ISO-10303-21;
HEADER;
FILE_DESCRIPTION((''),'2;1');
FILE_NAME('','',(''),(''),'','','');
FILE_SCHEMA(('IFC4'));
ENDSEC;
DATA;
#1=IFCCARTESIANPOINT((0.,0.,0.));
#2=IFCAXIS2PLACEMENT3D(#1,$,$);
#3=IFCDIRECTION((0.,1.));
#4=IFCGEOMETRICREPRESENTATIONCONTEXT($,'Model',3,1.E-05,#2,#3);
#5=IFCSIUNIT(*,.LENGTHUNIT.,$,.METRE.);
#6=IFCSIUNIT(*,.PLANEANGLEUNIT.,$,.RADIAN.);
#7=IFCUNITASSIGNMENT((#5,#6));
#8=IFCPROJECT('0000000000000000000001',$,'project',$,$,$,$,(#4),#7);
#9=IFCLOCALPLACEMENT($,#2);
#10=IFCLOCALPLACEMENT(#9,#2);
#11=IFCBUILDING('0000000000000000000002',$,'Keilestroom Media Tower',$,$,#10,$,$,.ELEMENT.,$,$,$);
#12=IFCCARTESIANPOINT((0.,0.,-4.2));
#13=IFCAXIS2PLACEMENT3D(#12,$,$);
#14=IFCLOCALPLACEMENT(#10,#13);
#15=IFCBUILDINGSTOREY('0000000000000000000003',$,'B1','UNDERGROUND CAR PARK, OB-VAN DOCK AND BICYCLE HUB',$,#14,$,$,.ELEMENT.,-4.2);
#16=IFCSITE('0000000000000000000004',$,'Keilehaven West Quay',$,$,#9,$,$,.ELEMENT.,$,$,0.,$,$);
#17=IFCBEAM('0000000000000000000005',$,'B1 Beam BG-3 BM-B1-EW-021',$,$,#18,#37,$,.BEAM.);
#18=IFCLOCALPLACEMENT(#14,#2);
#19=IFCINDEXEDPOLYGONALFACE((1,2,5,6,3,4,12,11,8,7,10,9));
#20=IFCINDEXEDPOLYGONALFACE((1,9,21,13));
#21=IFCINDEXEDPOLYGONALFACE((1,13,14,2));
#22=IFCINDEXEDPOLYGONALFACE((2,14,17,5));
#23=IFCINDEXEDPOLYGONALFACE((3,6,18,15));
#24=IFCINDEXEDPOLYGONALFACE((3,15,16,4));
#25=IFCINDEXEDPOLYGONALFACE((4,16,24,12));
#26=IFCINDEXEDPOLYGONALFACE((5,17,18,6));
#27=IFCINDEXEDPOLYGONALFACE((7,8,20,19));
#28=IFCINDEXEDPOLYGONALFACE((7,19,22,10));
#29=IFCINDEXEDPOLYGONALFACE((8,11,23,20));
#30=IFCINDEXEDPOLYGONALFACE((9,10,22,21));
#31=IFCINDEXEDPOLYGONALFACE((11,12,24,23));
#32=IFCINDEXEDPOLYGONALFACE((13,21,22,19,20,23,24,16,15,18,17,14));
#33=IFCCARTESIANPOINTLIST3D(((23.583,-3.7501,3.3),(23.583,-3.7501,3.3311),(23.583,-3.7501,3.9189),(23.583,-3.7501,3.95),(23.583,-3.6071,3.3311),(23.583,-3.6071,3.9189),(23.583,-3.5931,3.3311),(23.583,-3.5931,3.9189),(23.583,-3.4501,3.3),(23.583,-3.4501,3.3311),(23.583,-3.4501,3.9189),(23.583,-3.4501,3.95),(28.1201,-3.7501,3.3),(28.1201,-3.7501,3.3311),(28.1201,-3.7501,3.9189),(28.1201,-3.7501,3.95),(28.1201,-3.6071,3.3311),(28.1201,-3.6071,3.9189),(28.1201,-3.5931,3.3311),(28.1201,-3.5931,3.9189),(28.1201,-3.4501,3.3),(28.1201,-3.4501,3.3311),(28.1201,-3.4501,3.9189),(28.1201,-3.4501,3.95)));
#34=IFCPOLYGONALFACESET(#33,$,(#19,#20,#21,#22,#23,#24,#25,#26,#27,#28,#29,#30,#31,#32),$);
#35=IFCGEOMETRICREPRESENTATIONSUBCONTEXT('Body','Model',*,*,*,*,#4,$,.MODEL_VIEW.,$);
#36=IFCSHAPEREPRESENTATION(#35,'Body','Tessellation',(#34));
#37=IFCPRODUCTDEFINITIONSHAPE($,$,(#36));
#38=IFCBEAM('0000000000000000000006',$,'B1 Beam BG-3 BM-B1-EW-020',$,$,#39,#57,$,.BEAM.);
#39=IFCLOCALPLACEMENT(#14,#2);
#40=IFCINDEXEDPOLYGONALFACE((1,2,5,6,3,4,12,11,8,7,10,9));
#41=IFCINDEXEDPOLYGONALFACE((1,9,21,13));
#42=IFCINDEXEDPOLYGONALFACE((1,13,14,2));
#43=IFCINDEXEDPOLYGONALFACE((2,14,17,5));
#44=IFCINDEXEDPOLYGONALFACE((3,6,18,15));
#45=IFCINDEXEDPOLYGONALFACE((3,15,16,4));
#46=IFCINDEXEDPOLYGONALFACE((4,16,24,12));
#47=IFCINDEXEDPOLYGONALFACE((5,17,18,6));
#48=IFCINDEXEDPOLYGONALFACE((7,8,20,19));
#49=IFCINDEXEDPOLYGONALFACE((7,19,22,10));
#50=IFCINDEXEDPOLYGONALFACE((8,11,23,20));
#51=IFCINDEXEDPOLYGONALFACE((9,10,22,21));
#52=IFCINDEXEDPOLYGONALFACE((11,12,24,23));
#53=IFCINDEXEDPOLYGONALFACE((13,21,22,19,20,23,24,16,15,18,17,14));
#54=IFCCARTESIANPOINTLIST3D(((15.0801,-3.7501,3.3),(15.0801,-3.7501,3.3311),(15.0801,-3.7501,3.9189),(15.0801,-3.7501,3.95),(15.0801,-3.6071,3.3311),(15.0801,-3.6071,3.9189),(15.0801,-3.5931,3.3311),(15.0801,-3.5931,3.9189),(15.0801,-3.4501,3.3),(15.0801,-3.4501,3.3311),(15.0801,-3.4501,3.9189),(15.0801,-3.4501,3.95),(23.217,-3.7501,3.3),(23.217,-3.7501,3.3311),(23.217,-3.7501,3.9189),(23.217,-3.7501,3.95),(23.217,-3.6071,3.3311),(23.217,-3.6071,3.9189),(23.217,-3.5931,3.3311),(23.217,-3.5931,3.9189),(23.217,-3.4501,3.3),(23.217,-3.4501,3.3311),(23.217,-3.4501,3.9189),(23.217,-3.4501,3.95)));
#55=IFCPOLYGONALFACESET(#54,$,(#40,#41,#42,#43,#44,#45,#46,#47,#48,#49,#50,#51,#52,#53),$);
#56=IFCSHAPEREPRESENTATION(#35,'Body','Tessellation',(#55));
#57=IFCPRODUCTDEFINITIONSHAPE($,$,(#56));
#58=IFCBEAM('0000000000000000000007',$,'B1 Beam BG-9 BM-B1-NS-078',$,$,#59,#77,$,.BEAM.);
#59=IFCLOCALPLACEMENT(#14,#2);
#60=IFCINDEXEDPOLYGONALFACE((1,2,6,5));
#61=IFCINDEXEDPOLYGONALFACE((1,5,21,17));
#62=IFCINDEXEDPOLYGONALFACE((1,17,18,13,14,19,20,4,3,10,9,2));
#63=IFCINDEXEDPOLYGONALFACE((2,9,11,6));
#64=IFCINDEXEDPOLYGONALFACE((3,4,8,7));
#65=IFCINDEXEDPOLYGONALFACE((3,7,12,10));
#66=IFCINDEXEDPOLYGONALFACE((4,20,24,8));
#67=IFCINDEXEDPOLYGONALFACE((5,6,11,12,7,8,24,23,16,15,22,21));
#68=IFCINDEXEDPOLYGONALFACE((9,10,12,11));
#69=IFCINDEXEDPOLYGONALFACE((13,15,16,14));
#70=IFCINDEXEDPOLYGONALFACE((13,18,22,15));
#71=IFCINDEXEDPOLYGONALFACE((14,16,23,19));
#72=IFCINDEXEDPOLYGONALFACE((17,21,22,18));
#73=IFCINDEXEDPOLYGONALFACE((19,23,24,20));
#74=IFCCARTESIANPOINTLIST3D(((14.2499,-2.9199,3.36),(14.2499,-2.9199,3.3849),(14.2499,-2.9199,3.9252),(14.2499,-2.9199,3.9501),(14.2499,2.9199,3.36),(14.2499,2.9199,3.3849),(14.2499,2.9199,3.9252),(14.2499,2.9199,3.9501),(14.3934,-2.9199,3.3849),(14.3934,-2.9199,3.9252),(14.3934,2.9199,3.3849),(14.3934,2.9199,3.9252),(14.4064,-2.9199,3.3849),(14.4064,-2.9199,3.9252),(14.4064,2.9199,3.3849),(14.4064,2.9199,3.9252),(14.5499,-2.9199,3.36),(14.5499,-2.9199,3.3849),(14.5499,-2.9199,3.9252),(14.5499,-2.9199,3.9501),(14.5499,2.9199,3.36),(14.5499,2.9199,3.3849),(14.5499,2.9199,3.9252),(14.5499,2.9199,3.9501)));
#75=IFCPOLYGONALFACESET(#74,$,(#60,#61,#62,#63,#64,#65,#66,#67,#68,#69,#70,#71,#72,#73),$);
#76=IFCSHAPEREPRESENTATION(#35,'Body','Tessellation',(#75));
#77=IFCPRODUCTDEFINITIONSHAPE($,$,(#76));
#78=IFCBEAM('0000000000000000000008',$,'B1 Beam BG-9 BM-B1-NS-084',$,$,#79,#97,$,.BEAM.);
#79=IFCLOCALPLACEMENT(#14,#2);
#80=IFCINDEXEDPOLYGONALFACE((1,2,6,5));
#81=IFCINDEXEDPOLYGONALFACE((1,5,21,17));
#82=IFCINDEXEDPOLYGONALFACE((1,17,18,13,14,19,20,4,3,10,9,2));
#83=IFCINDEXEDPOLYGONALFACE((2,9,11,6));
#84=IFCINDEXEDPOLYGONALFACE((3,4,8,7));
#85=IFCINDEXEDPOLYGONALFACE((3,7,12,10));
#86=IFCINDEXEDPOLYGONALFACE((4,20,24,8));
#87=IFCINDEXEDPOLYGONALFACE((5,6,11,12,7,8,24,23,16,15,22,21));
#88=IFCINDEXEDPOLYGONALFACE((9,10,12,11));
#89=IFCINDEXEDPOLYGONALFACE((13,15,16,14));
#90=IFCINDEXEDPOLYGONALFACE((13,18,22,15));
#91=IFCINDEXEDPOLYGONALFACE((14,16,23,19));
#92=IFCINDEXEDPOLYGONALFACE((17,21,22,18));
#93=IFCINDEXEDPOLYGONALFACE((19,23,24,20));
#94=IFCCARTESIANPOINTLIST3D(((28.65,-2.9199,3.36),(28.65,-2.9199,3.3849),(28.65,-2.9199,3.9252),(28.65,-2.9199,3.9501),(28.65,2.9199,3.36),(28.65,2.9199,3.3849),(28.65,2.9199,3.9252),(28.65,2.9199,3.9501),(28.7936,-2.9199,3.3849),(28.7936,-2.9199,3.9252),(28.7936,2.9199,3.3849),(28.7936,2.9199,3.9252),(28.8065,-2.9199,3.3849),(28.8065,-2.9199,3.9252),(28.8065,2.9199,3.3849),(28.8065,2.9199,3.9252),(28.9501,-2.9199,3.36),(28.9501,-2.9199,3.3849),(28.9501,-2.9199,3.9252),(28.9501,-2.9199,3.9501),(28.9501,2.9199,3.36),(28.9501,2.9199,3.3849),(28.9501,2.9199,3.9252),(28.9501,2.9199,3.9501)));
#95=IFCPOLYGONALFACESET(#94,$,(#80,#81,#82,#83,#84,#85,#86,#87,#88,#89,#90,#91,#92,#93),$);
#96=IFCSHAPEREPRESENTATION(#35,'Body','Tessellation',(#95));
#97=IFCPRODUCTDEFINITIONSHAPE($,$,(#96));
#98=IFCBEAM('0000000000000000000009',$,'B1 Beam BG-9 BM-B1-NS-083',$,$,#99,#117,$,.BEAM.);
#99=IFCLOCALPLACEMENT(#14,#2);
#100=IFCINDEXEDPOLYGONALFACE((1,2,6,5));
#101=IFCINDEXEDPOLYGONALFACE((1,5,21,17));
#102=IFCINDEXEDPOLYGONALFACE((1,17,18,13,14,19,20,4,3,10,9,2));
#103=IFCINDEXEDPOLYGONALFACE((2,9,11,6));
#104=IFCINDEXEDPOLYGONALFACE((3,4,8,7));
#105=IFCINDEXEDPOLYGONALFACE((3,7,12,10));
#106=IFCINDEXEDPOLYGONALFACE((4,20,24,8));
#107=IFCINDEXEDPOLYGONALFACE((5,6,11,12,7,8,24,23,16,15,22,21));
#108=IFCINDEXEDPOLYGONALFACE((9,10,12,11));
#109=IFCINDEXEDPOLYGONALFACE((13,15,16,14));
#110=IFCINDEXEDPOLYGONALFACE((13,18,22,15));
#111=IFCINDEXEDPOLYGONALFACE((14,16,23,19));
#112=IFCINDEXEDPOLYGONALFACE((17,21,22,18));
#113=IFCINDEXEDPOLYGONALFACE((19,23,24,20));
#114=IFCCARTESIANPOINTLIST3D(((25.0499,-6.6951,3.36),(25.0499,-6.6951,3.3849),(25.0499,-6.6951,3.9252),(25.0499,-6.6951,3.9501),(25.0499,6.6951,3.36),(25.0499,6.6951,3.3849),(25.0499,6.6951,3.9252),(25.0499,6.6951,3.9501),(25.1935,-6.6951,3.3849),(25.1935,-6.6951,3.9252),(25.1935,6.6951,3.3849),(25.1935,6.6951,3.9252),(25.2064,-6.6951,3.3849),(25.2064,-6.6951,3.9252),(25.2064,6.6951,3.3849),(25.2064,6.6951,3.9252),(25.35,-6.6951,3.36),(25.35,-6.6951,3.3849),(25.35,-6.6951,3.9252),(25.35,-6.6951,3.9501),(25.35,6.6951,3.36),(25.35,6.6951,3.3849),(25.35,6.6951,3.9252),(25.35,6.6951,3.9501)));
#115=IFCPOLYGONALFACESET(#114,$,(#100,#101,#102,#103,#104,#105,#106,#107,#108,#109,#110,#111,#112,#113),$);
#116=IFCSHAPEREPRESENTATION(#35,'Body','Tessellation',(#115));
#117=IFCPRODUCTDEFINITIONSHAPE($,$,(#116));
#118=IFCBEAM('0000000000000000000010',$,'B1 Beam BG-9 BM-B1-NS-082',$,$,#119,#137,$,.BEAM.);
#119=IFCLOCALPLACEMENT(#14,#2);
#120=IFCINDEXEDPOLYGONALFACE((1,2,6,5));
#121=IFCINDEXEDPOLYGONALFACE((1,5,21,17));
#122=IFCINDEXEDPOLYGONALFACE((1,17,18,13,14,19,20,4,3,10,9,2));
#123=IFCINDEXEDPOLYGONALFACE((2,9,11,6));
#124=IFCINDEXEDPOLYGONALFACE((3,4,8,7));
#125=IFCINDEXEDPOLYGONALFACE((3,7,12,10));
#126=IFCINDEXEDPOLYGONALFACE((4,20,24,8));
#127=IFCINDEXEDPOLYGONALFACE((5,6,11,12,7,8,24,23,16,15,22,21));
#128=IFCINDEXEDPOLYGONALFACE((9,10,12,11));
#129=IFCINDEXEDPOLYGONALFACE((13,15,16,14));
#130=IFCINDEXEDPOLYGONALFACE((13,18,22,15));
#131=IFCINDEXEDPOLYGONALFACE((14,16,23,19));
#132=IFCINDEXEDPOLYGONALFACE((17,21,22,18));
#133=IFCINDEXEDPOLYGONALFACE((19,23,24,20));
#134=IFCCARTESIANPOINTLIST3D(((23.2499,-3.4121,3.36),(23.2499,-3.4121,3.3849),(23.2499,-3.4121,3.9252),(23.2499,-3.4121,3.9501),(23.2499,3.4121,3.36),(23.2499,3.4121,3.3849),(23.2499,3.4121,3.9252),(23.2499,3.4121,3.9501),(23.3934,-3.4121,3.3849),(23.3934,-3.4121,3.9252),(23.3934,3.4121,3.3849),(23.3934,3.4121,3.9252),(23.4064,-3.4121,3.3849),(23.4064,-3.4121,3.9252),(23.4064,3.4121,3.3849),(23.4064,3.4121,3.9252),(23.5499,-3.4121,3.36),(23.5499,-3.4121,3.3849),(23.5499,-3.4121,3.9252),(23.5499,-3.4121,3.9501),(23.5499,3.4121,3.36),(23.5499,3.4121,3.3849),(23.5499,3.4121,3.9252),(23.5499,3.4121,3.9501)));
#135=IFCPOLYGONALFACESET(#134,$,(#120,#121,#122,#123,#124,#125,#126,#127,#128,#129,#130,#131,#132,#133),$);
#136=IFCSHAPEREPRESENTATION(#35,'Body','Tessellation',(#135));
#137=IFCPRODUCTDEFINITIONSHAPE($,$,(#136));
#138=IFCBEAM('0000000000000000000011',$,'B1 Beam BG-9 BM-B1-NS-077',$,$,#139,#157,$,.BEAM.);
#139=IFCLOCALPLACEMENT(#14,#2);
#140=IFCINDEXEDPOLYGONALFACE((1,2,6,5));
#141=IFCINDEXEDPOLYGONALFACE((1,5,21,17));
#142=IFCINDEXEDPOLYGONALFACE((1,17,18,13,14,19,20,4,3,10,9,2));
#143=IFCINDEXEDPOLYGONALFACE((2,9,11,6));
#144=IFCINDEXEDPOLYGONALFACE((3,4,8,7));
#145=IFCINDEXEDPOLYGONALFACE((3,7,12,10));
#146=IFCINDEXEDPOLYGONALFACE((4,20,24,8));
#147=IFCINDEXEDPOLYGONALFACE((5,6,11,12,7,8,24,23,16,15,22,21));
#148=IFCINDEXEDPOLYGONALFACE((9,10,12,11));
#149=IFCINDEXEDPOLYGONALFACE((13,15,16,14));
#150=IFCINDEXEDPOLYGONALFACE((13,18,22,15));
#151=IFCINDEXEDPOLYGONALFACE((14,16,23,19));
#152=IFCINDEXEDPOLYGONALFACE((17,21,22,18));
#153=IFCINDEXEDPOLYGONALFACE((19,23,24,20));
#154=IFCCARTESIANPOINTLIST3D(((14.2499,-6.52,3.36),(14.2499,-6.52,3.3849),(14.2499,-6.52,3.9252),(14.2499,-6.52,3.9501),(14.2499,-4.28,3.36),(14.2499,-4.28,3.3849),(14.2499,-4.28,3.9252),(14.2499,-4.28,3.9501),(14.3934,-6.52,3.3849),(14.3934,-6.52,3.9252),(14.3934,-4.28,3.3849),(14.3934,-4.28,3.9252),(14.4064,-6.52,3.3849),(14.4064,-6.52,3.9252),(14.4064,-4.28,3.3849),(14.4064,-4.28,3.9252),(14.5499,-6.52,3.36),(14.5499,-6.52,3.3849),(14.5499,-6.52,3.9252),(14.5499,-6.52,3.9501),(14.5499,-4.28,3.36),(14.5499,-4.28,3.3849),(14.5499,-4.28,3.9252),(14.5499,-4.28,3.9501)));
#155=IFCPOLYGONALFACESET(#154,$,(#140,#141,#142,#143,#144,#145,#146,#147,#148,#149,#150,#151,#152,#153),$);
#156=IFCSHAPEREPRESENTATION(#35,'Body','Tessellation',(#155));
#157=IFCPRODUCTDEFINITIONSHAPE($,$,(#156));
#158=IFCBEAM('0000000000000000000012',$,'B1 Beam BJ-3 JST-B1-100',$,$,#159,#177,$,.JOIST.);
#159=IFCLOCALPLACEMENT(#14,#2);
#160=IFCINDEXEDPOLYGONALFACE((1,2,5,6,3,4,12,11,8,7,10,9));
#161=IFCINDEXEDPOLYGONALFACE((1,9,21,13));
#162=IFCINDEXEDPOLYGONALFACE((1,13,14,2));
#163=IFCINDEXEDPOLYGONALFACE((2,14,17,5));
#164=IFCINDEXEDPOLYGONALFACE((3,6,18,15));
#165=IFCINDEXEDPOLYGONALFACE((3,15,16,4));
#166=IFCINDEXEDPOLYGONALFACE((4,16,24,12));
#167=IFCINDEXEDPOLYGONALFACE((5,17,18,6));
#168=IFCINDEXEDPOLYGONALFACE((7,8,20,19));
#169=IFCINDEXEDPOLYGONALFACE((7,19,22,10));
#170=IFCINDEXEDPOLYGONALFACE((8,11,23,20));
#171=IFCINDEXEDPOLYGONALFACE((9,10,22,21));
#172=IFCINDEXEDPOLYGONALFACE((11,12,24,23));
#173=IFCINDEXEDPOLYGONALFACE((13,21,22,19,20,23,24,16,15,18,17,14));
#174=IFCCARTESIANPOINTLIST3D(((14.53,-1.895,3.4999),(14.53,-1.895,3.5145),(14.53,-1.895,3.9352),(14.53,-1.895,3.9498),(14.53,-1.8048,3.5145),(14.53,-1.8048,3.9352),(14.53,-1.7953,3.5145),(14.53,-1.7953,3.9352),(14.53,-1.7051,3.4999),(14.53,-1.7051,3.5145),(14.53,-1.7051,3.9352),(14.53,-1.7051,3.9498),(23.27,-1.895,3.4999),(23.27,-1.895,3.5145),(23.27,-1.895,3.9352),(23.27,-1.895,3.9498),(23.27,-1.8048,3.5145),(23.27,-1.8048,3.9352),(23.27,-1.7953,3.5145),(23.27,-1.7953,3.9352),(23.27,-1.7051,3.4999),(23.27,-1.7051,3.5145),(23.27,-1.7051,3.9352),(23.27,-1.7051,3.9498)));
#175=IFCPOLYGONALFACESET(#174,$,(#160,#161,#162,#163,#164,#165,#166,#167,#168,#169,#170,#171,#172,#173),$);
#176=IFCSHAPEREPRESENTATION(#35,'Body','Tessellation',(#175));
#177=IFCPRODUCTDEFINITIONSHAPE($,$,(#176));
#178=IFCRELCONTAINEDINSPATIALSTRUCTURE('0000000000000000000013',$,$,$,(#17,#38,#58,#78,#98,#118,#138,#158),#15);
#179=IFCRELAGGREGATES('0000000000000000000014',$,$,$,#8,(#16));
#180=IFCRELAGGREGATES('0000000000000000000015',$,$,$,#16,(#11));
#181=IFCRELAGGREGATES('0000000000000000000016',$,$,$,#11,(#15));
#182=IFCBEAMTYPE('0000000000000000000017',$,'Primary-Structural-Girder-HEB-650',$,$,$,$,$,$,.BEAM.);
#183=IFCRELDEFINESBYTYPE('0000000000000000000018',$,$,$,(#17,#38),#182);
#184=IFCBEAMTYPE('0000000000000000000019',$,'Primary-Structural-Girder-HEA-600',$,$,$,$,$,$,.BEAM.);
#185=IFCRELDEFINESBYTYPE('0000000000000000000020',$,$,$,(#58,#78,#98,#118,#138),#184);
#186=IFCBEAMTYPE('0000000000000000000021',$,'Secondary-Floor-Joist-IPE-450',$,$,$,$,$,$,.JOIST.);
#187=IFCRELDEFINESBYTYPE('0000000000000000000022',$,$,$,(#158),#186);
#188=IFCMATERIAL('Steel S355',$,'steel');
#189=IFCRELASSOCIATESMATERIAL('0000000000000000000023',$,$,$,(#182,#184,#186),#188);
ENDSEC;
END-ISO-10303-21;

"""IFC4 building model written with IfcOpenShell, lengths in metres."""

from ifc_helpers import new_model, si_unit, direction, frame, origin, origin_2d, place, context, subcontext, project, spatial, i_section, extrude, source, transform, mapped, material, material_profile, profile_set, type_object, element, save


model = new_model("IFC4")

# Units and contexts
model_context = context("Model", 3, precision=1e-05, world=origin(), true_north=direction((0.0, 1.0)))
body_context = subcontext(model_context, "Body", "Model", "MODEL_VIEW")
ifc_project = project(units=[si_unit("LENGTHUNIT", "METRE"), si_unit("PLANEANGLEUNIT", "RADIAN")], contexts=[model_context])

# Site, building, storey
site_placement = place(None, origin())
site = spatial("IfcSite", under=ifc_project, at=site_placement, Name="Keilehaven West Quay", CompositionType="ELEMENT", RefElevation=0.0)
building_placement = place(site_placement, origin())
building = spatial("IfcBuilding", under=site, at=building_placement, Name="Keilestroom Media Tower", CompositionType="ELEMENT")
storey_placement = place(building_placement, frame((0.0, 0.0, -4.2)))
storey = spatial("IfcBuildingStorey", under=building, at=storey_placement, Name="B1", Description="UNDERGROUND CAR PARK, OB-VAN DOCK AND BICYCLE HUB", CompositionType="ELEMENT", Elevation=-4.2)

# Beams
ifc_material_1 = material(Name="Steel S355", Category="steel")
ifc_material_profile_1 = material_profile(ifc_material_1, i_section(OverallWidth=0.3, OverallDepth=0.6499, WebThickness=0.0139, FlangeThickness=0.031, at=origin_2d()), Name="HEB 650")
ifc_profile_set_1 = profile_set([ifc_material_profile_1], Name="Steel S355")
beam_type_1 = type_object("IfcBeamType", Name="Primary-Structural-Girder-HEB-650", PredefinedType="BEAM", material=ifc_profile_set_1)
shared_shape_1 = source(origin(), body_context, "Body", "SweptSolid", [
    extrude(i_section(OverallWidth=0.3, OverallDepth=0.6499, WebThickness=0.0139, FlangeThickness=0.031, at=origin_2d()), origin(), (0.0, 0.0, 1.0), 4.5371),
])
beam_1_placement = place(storey_placement, frame((23.583, -3.6001, 3.625), z_axis=(1.0, 0.0, 0.0), x_axis=(0.0, 1.0, 0.0)))
element("IfcBeam", 1, at=beam_1_placement, inside=storey, type_object=beam_type_1, Name="B1 Beam BG-3 BM-B1-EW-021", PredefinedType="BEAM", context=body_context, shape_type="MappedRepresentation", body=[
    mapped(shared_shape_1, transform((0.0, 0.0, 0.0), x_axis=(1.0, 0.0, 0.0), y_axis=(0.0, 1.0, 0.0), z_axis=(0.0, 0.0, 1.0), scale=1.0)),
])
shared_shape_2 = source(origin(), body_context, "Body", "SweptSolid", [
    extrude(i_section(OverallWidth=0.3, OverallDepth=0.6499, WebThickness=0.0139, FlangeThickness=0.031, at=origin_2d()), origin(), (0.0, 0.0, 1.0), 8.137),
])
beam_2_placement = place(storey_placement, frame((15.0801, -3.6001, 3.625), z_axis=(1.0, 0.0, 0.0), x_axis=(0.0, 1.0, 0.0)))
element("IfcBeam", 2, at=beam_2_placement, inside=storey, type_object=beam_type_1, Name="B1 Beam BG-3 BM-B1-EW-020", PredefinedType="BEAM", context=body_context, shape_type="MappedRepresentation", body=[
    mapped(shared_shape_2, transform((0.0, 0.0, 0.0), x_axis=(1.0, 0.0, 0.0), y_axis=(0.0, 1.0, 0.0), z_axis=(0.0, 0.0, 1.0), scale=1.0)),
])
ifc_material_profile_2 = material_profile(ifc_material_1, i_section(OverallWidth=0.3, OverallDepth=0.5901, WebThickness=0.0129, FlangeThickness=0.0249, at=origin_2d()), Name="HEA 600")
ifc_profile_set_2 = profile_set([ifc_material_profile_2], Name="Steel S355")
beam_type_2 = type_object("IfcBeamType", Name="Primary-Structural-Girder-HEA-600", PredefinedType="BEAM", material=ifc_profile_set_2)
shared_shape_3 = source(origin(), body_context, "Body", "SweptSolid", [
    extrude(i_section(OverallWidth=0.3, OverallDepth=0.5901, WebThickness=0.0129, FlangeThickness=0.0249, at=origin_2d()), origin(), (0.0, 0.0, 1.0), 5.8398),
])
for number, where, z_axis, x_axis, name in (
    (3, (14.3999, -2.9199, 3.655), (0.0, 1.0, 0.0), (-1.0, 0.0, 0.0), "B1 Beam BG-9 BM-B1-NS-078"),
    (4, (28.8, -2.9199, 3.655), (0.0, 1.0, 0.0), (-1.0, 0.0, 0.0), "B1 Beam BG-9 BM-B1-NS-084"),
):
    element("IfcBeam", number, at=place(storey_placement, frame(where, z_axis=z_axis, x_axis=x_axis)), inside=storey, type_object=beam_type_2, Name=name, PredefinedType="BEAM", context=body_context, shape_type="MappedRepresentation", body=[
        mapped(shared_shape_3, transform((0.0, 0.0, 0.0), x_axis=(1.0, 0.0, 0.0), y_axis=(0.0, 1.0, 0.0), z_axis=(0.0, 0.0, 1.0), scale=1.0)),
    ])
shared_shape_4 = source(origin(), body_context, "Body", "SweptSolid", [
    extrude(i_section(OverallWidth=0.3, OverallDepth=0.5901, WebThickness=0.0129, FlangeThickness=0.0249, at=origin_2d()), origin(), (0.0, 0.0, 1.0), 13.3901),
])
beam_3_placement = place(storey_placement, frame((25.2, -6.6951, 3.655), z_axis=(0.0, 1.0, 0.0), x_axis=(-1.0, 0.0, 0.0)))
element("IfcBeam", 5, at=beam_3_placement, inside=storey, type_object=beam_type_2, Name="B1 Beam BG-9 BM-B1-NS-083", PredefinedType="BEAM", context=body_context, shape_type="MappedRepresentation", body=[
    mapped(shared_shape_4, transform((0.0, 0.0, 0.0), x_axis=(1.0, 0.0, 0.0), y_axis=(0.0, 1.0, 0.0), z_axis=(0.0, 0.0, 1.0), scale=1.0)),
])
shared_shape_5 = source(origin(), body_context, "Body", "SweptSolid", [
    extrude(i_section(OverallWidth=0.3, OverallDepth=0.5901, WebThickness=0.0129, FlangeThickness=0.0249, at=origin_2d()), origin(), (0.0, 0.0, 1.0), 6.8242),
])
beam_4_placement = place(storey_placement, frame((23.3999, -3.4121, 3.655), z_axis=(0.0, 1.0, 0.0), x_axis=(-1.0, 0.0, 0.0)))
element("IfcBeam", 6, at=beam_4_placement, inside=storey, type_object=beam_type_2, Name="B1 Beam BG-9 BM-B1-NS-082", PredefinedType="BEAM", context=body_context, shape_type="MappedRepresentation", body=[
    mapped(shared_shape_5, transform((0.0, 0.0, 0.0), x_axis=(1.0, 0.0, 0.0), y_axis=(0.0, 1.0, 0.0), z_axis=(0.0, 0.0, 1.0), scale=1.0)),
])
shared_shape_6 = source(origin(), body_context, "Body", "SweptSolid", [
    extrude(i_section(OverallWidth=0.3, OverallDepth=0.5901, WebThickness=0.0129, FlangeThickness=0.0249, at=origin_2d()), origin(), (0.0, 0.0, 1.0), 2.24),
])
beam_5_placement = place(storey_placement, frame((14.3999, -6.52, 3.655), z_axis=(0.0, 1.0, 0.0), x_axis=(-1.0, 0.0, 0.0)))
element("IfcBeam", 7, at=beam_5_placement, inside=storey, type_object=beam_type_2, Name="B1 Beam BG-9 BM-B1-NS-077", PredefinedType="BEAM", context=body_context, shape_type="MappedRepresentation", body=[
    mapped(shared_shape_6, transform((0.0, 0.0, 0.0), x_axis=(1.0, 0.0, 0.0), y_axis=(0.0, 1.0, 0.0), z_axis=(0.0, 0.0, 1.0), scale=1.0)),
])
ifc_material_profile_3 = material_profile(ifc_material_1, i_section(OverallWidth=0.1899, OverallDepth=0.45, WebThickness=0.0095, FlangeThickness=0.0146, at=origin_2d()), Name="IPE 450")
ifc_profile_set_3 = profile_set([ifc_material_profile_3], Name="Steel S355")
beam_type_3 = type_object("IfcBeamType", Name="Secondary-Floor-Joist-IPE-450", PredefinedType="JOIST", material=ifc_profile_set_3)
shared_shape_7 = source(origin(), body_context, "Body", "SweptSolid", [
    extrude(i_section(OverallWidth=0.1899, OverallDepth=0.45, WebThickness=0.0095, FlangeThickness=0.0146, at=origin_2d()), origin(), (0.0, 0.0, 1.0), 8.74),
])
beam_6_placement = place(storey_placement, frame((14.53, -1.8, 3.7249), z_axis=(1.0, 0.0, 0.0), x_axis=(0.0, 1.0, 0.0)))
element("IfcBeam", 8, at=beam_6_placement, inside=storey, type_object=beam_type_3, Name="B1 Beam BJ-3 JST-B1-100", PredefinedType="JOIST", context=body_context, shape_type="MappedRepresentation", body=[
    mapped(shared_shape_7, transform((0.0, 0.0, 0.0), x_axis=(1.0, 0.0, 0.0), y_axis=(0.0, 1.0, 0.0), z_axis=(0.0, 0.0, 1.0), scale=1.0)),
])

save(model, "model.ifc")
